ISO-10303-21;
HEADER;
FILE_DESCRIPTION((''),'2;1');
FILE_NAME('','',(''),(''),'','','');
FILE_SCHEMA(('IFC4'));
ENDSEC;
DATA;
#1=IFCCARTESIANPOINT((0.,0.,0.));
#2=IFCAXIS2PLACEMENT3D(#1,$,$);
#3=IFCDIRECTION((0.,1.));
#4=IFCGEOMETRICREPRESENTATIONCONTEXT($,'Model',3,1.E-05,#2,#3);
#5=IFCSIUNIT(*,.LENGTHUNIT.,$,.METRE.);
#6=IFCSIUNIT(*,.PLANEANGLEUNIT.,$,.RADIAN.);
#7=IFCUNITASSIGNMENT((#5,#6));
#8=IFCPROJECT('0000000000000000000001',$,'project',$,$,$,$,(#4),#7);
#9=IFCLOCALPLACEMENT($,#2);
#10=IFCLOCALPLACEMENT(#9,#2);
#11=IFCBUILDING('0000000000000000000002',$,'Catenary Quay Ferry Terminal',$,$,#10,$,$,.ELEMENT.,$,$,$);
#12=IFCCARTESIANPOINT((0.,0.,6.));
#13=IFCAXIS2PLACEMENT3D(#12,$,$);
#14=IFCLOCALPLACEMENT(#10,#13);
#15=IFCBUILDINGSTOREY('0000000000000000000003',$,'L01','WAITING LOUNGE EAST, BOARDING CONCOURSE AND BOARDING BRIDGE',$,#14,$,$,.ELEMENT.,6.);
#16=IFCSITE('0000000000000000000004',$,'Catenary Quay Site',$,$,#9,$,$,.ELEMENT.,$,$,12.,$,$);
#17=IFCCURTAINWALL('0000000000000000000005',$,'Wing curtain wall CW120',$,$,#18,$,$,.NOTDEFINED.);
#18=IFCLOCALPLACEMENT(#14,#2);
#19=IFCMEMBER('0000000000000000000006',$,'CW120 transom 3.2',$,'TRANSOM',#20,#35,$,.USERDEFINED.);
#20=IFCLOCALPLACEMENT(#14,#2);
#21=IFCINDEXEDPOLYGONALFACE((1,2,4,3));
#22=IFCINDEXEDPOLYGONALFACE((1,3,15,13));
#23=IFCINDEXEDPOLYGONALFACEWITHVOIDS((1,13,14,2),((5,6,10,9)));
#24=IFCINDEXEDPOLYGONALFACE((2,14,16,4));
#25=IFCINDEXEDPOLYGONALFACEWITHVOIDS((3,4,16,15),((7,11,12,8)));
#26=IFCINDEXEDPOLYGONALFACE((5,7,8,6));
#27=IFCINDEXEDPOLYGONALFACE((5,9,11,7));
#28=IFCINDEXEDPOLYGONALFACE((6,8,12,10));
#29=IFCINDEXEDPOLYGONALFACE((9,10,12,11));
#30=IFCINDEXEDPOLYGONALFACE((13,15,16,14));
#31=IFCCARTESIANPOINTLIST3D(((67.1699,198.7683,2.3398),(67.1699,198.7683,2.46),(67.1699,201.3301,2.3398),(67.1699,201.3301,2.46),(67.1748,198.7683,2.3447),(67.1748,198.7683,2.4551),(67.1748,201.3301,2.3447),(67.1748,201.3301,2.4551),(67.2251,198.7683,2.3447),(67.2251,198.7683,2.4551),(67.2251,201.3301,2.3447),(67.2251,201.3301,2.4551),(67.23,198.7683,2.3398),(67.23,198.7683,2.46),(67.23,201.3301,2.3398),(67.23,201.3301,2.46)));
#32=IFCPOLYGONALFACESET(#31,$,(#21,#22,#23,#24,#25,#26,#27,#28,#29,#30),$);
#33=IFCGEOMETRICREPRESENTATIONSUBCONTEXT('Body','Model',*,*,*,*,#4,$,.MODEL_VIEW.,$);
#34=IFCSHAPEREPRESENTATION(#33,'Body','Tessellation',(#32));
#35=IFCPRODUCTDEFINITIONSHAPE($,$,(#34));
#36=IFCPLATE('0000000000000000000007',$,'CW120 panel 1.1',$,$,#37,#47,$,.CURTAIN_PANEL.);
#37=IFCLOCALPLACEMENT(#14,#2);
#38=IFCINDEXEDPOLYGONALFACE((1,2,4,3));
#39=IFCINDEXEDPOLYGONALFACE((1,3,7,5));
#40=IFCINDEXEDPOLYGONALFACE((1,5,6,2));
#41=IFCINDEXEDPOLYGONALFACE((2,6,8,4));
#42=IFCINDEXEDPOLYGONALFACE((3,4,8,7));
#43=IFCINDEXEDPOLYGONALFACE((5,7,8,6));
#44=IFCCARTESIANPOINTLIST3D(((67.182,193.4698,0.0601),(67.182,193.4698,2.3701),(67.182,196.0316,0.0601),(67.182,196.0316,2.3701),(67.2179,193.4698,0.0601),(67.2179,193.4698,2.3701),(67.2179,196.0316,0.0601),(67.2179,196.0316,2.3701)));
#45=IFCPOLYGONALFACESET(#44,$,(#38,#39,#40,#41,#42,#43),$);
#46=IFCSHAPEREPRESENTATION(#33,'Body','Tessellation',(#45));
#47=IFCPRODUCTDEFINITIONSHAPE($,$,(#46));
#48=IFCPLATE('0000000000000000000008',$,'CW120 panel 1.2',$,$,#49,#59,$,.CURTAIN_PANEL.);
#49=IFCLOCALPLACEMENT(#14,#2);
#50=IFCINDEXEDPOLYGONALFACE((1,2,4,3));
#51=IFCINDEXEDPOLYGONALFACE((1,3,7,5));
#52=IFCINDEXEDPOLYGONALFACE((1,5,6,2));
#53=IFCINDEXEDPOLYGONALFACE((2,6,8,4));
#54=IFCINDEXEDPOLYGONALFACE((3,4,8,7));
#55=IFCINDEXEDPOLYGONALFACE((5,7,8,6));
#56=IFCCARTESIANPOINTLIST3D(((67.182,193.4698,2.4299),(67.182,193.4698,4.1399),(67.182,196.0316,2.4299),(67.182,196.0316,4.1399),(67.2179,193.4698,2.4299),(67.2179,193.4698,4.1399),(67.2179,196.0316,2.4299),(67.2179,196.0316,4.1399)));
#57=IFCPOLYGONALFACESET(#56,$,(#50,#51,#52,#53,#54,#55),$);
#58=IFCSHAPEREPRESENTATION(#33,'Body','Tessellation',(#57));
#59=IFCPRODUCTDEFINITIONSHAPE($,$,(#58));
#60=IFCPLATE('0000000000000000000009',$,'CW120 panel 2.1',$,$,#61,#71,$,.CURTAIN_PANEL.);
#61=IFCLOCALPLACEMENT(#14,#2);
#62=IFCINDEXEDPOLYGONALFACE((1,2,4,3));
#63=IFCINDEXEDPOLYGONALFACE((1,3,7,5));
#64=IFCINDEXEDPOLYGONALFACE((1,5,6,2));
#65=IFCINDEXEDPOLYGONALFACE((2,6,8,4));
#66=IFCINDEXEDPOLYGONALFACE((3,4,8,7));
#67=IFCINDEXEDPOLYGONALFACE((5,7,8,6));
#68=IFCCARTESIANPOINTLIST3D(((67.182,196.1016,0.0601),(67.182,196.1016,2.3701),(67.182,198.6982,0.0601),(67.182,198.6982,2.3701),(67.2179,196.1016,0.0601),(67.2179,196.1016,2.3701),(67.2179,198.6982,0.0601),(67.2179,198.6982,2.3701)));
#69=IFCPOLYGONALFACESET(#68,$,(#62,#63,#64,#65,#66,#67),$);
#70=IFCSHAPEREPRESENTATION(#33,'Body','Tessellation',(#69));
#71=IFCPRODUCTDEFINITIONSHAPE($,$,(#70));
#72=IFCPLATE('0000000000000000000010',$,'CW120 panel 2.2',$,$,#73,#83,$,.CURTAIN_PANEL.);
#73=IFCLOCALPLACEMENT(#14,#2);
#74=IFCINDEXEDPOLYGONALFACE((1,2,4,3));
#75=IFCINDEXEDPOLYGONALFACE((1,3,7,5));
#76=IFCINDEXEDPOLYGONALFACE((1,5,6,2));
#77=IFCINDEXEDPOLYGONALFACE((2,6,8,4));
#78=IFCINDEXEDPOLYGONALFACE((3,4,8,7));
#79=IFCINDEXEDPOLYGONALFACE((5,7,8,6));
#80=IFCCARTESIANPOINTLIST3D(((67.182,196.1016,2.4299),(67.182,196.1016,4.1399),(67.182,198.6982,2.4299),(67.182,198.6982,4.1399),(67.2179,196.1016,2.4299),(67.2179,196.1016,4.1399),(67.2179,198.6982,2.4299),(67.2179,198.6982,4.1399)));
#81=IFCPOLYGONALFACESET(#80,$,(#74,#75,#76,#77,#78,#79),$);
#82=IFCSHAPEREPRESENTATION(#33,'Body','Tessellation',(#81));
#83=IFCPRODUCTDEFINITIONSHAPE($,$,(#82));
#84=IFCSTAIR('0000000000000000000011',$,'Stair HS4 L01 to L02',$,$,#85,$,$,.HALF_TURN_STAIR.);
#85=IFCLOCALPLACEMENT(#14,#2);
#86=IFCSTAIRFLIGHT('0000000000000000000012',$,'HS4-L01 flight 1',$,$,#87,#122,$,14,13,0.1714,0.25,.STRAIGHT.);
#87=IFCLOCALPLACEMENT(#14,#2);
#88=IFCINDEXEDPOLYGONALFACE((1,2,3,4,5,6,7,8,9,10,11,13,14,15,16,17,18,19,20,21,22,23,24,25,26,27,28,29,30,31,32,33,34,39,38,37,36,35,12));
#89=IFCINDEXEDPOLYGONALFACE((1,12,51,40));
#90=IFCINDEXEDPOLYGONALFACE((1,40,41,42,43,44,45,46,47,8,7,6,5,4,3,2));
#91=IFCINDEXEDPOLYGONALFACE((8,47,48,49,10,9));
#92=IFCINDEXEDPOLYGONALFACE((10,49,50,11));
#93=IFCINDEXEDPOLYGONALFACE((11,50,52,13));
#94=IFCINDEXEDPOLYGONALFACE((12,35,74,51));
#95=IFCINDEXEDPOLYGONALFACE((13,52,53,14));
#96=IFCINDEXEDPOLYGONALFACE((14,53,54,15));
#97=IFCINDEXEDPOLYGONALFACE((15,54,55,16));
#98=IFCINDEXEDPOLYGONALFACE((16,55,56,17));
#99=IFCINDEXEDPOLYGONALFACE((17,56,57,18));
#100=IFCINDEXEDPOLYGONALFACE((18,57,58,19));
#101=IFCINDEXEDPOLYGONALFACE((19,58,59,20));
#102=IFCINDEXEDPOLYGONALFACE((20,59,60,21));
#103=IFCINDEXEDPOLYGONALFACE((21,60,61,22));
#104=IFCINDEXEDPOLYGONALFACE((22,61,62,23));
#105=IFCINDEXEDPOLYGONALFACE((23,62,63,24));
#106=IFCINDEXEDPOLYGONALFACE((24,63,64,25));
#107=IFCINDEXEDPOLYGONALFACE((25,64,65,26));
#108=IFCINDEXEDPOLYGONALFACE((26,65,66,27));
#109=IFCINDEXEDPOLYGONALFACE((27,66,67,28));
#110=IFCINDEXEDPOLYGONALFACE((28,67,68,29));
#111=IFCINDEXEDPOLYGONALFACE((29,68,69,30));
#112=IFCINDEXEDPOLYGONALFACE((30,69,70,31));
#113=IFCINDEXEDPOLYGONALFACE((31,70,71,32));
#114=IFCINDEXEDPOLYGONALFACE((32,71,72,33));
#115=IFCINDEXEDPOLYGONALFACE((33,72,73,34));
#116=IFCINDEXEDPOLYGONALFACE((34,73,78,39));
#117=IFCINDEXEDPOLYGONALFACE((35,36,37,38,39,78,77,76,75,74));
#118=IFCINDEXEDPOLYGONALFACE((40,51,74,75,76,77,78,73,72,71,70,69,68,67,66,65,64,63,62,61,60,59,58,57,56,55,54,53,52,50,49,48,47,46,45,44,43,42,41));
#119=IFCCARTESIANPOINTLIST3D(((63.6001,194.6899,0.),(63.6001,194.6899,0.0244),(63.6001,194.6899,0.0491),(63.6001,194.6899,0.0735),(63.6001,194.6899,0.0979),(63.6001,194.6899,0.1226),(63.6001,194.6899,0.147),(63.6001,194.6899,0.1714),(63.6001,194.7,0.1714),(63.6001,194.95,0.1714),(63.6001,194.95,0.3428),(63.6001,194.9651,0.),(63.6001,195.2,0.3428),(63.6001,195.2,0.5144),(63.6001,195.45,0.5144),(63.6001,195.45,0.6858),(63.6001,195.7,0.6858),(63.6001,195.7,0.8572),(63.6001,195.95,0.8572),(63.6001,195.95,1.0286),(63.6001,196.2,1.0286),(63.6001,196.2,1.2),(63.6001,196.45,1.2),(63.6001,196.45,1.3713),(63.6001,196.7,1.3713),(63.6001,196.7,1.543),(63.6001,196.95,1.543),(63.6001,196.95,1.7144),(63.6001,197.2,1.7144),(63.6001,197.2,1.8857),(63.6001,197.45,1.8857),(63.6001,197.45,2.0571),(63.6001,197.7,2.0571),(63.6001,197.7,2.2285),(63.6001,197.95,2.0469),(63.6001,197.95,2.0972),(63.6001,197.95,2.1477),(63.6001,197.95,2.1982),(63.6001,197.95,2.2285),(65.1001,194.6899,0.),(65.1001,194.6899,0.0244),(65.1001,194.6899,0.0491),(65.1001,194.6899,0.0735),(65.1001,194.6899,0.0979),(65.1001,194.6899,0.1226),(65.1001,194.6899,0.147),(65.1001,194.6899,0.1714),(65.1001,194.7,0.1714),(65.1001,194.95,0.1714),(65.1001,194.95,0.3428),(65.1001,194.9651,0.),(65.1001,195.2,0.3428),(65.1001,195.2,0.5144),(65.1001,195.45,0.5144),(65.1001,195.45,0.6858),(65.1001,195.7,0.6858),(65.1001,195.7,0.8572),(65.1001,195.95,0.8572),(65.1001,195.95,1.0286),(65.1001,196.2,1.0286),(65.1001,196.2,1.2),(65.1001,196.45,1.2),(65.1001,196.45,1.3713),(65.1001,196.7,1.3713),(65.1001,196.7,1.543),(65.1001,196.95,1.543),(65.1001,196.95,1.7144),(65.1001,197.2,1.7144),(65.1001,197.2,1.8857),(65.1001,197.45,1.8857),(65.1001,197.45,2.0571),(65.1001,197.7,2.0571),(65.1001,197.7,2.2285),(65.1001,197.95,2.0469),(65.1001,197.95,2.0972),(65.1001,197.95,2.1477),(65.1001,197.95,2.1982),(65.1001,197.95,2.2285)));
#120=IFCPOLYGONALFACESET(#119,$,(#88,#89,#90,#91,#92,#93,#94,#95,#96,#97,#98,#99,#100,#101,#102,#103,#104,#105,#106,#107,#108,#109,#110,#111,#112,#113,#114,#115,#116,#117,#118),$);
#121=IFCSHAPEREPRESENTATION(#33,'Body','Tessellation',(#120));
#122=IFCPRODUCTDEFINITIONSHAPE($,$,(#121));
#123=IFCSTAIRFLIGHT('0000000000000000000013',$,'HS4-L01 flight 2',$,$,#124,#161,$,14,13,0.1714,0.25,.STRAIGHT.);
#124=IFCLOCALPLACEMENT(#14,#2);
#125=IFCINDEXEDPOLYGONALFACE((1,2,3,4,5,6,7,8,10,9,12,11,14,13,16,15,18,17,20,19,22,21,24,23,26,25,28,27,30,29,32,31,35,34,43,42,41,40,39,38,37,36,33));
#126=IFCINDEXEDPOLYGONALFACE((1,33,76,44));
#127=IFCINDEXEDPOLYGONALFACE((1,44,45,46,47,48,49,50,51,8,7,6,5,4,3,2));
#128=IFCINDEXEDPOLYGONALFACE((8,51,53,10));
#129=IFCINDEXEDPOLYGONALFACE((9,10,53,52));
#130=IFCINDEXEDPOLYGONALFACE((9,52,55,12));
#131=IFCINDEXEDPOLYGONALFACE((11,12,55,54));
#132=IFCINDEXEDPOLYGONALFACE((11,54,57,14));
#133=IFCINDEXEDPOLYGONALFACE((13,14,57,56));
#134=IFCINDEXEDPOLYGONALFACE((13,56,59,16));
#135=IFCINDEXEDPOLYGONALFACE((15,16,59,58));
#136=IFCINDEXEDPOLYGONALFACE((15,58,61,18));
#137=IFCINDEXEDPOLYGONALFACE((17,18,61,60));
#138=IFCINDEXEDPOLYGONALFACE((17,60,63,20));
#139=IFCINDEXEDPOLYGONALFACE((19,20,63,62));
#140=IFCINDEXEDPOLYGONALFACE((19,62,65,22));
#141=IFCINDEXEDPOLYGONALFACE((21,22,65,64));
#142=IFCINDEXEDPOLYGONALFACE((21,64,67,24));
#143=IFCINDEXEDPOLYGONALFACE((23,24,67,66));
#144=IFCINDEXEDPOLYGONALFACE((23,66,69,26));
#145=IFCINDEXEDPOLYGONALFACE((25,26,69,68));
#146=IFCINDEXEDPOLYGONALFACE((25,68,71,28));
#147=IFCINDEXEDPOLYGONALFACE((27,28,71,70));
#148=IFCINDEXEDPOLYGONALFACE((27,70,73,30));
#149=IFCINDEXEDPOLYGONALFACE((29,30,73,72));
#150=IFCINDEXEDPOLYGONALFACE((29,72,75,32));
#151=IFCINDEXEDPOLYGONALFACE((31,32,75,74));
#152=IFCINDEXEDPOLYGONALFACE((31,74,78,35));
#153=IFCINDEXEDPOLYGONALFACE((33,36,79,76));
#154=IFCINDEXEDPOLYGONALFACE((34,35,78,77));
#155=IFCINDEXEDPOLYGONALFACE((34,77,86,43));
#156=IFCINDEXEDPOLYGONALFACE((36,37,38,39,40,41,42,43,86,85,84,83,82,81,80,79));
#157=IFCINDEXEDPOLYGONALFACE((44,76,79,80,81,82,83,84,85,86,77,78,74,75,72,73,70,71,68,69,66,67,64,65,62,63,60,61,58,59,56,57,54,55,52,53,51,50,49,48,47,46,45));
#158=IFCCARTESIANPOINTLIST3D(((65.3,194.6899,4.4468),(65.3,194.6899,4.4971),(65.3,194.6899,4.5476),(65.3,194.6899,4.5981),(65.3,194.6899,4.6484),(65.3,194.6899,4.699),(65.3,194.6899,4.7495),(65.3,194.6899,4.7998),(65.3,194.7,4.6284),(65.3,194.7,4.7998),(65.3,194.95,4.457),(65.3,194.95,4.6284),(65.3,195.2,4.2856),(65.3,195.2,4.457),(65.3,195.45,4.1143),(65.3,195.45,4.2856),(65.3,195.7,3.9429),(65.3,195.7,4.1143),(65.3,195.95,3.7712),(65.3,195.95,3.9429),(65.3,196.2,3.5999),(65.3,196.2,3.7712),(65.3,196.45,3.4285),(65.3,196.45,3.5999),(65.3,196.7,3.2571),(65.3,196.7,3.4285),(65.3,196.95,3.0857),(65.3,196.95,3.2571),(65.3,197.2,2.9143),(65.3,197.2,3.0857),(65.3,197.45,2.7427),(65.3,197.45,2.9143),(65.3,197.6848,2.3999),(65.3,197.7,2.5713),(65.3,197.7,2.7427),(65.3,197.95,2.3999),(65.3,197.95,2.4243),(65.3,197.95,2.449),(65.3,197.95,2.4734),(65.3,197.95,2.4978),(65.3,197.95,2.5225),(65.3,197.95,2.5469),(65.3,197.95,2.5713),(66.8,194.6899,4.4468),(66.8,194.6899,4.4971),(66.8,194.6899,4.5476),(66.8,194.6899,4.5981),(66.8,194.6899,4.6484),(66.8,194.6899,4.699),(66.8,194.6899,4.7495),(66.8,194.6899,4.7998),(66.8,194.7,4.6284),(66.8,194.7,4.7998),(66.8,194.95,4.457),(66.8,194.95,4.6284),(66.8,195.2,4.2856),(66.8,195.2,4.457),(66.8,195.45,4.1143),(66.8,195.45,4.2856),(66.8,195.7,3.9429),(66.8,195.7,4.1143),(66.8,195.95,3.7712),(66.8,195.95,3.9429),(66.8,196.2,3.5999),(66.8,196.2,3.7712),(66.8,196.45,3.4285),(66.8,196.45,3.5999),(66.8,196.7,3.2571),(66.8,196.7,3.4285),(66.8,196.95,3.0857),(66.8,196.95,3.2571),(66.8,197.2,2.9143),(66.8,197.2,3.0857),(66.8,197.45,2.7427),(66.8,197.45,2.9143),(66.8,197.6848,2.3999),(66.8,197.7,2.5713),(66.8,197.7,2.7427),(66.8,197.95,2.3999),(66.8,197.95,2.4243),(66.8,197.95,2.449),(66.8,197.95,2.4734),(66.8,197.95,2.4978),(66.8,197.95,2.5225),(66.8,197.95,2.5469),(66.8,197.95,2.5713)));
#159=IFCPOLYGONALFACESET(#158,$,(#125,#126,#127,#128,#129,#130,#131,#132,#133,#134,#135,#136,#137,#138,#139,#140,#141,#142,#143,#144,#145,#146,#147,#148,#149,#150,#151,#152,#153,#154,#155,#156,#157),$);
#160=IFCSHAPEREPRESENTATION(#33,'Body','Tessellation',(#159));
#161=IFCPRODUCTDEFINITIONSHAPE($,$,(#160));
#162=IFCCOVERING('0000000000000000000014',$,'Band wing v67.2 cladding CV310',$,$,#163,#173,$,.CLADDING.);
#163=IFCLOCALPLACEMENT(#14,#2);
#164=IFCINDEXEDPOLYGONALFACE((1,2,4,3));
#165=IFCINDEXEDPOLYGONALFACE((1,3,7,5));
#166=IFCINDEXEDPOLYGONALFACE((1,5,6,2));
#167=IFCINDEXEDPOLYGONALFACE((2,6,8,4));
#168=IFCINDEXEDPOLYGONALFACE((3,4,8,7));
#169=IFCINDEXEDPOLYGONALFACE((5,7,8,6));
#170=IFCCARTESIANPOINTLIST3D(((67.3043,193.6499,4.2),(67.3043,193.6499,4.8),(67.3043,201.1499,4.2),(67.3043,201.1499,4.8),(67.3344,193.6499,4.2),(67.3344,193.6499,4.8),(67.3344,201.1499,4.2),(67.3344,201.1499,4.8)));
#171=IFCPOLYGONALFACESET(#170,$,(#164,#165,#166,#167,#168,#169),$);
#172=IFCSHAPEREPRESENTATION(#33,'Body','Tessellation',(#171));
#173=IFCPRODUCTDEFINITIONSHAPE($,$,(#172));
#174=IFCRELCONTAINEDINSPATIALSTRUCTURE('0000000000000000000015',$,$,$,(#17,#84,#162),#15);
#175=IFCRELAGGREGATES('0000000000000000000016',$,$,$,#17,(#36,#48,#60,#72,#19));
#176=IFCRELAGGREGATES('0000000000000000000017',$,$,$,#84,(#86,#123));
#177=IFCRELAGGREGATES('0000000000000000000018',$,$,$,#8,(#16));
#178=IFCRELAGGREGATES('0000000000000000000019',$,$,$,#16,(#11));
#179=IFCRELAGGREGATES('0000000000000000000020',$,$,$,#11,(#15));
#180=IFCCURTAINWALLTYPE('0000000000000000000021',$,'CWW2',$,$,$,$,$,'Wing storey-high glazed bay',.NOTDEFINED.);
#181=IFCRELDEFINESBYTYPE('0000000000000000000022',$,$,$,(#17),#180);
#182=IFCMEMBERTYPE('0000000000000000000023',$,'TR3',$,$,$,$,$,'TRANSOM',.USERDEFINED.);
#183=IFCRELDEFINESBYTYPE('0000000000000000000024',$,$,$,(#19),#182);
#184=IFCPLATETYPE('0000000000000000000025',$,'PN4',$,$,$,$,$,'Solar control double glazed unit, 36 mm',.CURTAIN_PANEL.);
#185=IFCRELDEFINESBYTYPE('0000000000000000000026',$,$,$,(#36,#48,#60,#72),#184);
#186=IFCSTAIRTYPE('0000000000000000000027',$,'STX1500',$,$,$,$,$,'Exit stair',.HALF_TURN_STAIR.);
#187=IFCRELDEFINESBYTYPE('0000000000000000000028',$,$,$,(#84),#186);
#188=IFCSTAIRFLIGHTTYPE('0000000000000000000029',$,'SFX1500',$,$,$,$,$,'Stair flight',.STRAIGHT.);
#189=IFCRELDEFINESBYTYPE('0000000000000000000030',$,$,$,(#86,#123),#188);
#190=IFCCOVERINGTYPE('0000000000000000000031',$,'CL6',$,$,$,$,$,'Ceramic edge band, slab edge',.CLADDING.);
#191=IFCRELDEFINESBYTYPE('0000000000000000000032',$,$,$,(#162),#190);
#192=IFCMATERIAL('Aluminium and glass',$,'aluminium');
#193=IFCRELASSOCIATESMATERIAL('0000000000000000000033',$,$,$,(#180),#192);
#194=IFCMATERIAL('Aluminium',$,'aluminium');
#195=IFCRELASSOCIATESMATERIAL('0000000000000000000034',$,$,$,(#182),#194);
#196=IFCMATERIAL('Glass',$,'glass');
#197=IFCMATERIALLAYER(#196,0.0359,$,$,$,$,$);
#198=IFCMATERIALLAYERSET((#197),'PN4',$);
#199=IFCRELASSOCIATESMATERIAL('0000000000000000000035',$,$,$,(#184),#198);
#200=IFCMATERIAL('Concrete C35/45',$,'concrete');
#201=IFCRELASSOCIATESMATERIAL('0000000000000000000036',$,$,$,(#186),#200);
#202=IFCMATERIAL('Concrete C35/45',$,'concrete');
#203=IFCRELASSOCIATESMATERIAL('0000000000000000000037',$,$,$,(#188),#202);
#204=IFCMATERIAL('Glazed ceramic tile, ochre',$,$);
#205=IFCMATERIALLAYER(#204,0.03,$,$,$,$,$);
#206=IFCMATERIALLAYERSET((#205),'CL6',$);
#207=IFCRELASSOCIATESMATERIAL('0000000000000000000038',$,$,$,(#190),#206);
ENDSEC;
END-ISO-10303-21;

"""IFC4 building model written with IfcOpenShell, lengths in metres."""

from ifc_helpers import new_model, si_unit, direction, frame, origin, origin_2d, place, context, subcontext, project, spatial, polyline, rectangle, hollow_rectangle, outline, extrude, material, layer, layer_set, material_profile, profile_set, type_object, element, aggregate, save


model = new_model("IFC4")

# Units and contexts
model_context = context("Model", 3, precision=1e-05, world=origin(), true_north=direction((0.0, 1.0)))
body_context = subcontext(model_context, "Body", "Model", "MODEL_VIEW")
ifc_project = project(units=[si_unit("LENGTHUNIT", "METRE"), si_unit("PLANEANGLEUNIT", "RADIAN")], contexts=[model_context])

# Site, building, storey
site_placement = place(None, origin())
site = spatial("IfcSite", under=ifc_project, at=site_placement, Name="Catenary Quay Site", CompositionType="ELEMENT", RefElevation=12.0)
building_placement = place(site_placement, origin())
building = spatial("IfcBuilding", under=site, at=building_placement, Name="Catenary Quay Ferry Terminal", CompositionType="ELEMENT")
storey_placement = place(building_placement, frame((0.0, 0.0, 6.0)))
storey = spatial("IfcBuildingStorey", under=building, at=storey_placement, Name="L01", Description="WAITING LOUNGE EAST, BOARDING CONCOURSE AND BOARDING BRIDGE", CompositionType="ELEMENT", Elevation=6.0)

# Curtain wall, member, plates
ifc_material_1 = material(Name="Aluminium and glass", Category="aluminium")
curtain_wall_type = type_object("IfcCurtainWallType", Name="CWW2", ElementType="Wing storey-high glazed bay", PredefinedType="NOTDEFINED", material=ifc_material_1)
curtain_wall_placement = place(storey_placement, origin())
curtain_wall = element("IfcCurtainWall", 1, at=curtain_wall_placement, inside=storey, type_object=curtain_wall_type, Name="Wing curtain wall CW120", PredefinedType="NOTDEFINED")
ifc_material_2 = material(Name="Aluminium", Category="aluminium")
ifc_material_profile_1 = material_profile(ifc_material_2, hollow_rectangle(XDim=0.0601, YDim=0.1201, WallThickness=0.0049, at=origin_2d()), Name="TR3")
ifc_profile_set_1 = profile_set([ifc_material_profile_1], Name="Aluminium")
member_type_1 = type_object("IfcMemberType", Name="TR3", ElementType="TRANSOM", PredefinedType="USERDEFINED", material=ifc_profile_set_1)
member_1_placement = place(storey_placement, frame((67.2, 198.7683, 2.3999), z_axis=(0.0, 1.0, 0.0), x_axis=(-1.0, 0.0, 0.0)))
member_1 = element("IfcMember", 2, at=member_1_placement, type_object=member_type_1, Name="CW120 transom 3.2", ObjectType="TRANSOM", PredefinedType="USERDEFINED", context=body_context, shape_type="SweptSolid", body=[
    extrude(hollow_rectangle(XDim=0.0601, YDim=0.1201, WallThickness=0.0049, at=origin_2d()), origin(), (0.0, 0.0, 1.0), 2.5618),
])
ifc_material_3 = material(Name="Glass", Category="glass")
ifc_layer_1 = layer(ifc_material_3, 0.0359)
ifc_layer_set_1 = layer_set([ifc_layer_1], Name="PN4")
plate_type = type_object("IfcPlateType", Name="PN4", ElementType="Solar control double glazed unit, 36 mm", PredefinedType="CURTAIN_PANEL", material=ifc_layer_set_1)
plate_1_placement = place(storey_placement, frame((67.2, 194.7507, 0.0601), z_axis=(0.0, 0.0, 1.0), x_axis=(0.0, 1.0, 0.0)))
plate_1 = element("IfcPlate", 3, at=plate_1_placement, type_object=plate_type, Name="CW120 panel 1.1", PredefinedType="CURTAIN_PANEL", context=body_context, shape_type="SweptSolid", body=[
    extrude(rectangle(XDim=2.5618, YDim=0.0359, at=origin_2d()), origin(), (0.0, 0.0, 1.0), 2.3101),
])
plate_2_placement = place(storey_placement, frame((67.2, 194.7507, 2.4299), z_axis=(0.0, 0.0, 1.0), x_axis=(0.0, 1.0, 0.0)))
plate_2 = element("IfcPlate", 4, at=plate_2_placement, type_object=plate_type, Name="CW120 panel 1.2", PredefinedType="CURTAIN_PANEL", context=body_context, shape_type="SweptSolid", body=[
    extrude(rectangle(XDim=2.5618, YDim=0.0359, at=origin_2d()), origin(), (0.0, 0.0, 1.0), 1.71),
])
plate_3_placement = place(storey_placement, frame((67.2, 197.3999, 0.0601), z_axis=(0.0, 0.0, 1.0), x_axis=(0.0, 1.0, 0.0)))
plate_3 = element("IfcPlate", 5, at=plate_3_placement, type_object=plate_type, Name="CW120 panel 2.1", PredefinedType="CURTAIN_PANEL", context=body_context, shape_type="SweptSolid", body=[
    extrude(rectangle(XDim=2.5967, YDim=0.0359, at=origin_2d()), origin(), (0.0, 0.0, 1.0), 2.3101),
])
plate_4_placement = place(storey_placement, frame((67.2, 197.3999, 2.4299), z_axis=(0.0, 0.0, 1.0), x_axis=(0.0, 1.0, 0.0)))
plate_4 = element("IfcPlate", 6, at=plate_4_placement, type_object=plate_type, Name="CW120 panel 2.2", PredefinedType="CURTAIN_PANEL", context=body_context, shape_type="SweptSolid", body=[
    extrude(rectangle(XDim=2.5967, YDim=0.0359, at=origin_2d()), origin(), (0.0, 0.0, 1.0), 1.71),
])
aggregate(curtain_wall, [plate_1, plate_2, plate_3, plate_4, member_1])

# Stair, stair flights
ifc_material_4 = material(Name="Concrete C35/45", Category="concrete")
stair_type = type_object("IfcStairType", Name="STX1500", ElementType="Exit stair", PredefinedType="HALF_TURN_STAIR", material=ifc_material_4)
stair_placement = place(storey_placement, origin())
stair = element("IfcStair", 7, at=stair_placement, inside=storey, type_object=stair_type, Name="Stair HS4 L01 to L02", PredefinedType="HALF_TURN_STAIR")
ifc_material_5 = material(Name="Concrete C35/45", Category="concrete")
stair_flight_type = type_object("IfcStairFlightType", Name="SFX1500", ElementType="Stair flight", PredefinedType="STRAIGHT", material=ifc_material_5)
stair_flight_1_placement = place(storey_placement, frame((64.3501, 194.7, 0.0), z_axis=(0.0, 0.0, 1.0), x_axis=(0.0, 1.0, 0.0)))
stair_flight_1 = element("IfcStairFlight", 8, at=stair_flight_1_placement, type_object=stair_flight_type, Name="HS4-L01 flight 1", NumberOfRisers=14, NumberOfTreads=13, PredefinedType="STRAIGHT", RiserHeight=0.1714, TreadLength=0.25, context=body_context, shape_type="SweptSolid", body=[
    extrude(outline(polyline([(-0.01, 0.0), (-0.01, 0.0244), (-0.01, 0.0491), (-0.01, 0.0735), (-0.01, 0.0979), (-0.01, 0.1226), (-0.01, 0.147), (-0.01, 0.1714), (0.0, 0.1714), (0.25, 0.1714), (0.25, 0.3428), (0.5, 0.3428), (0.5, 0.5144), (0.75, 0.5144), (0.75, 0.6858), (1.0, 0.6858), (1.0, 0.8572), (1.25, 0.8572), (1.25, 1.0286), (1.5, 1.0286), (1.5, 1.2), (1.75, 1.2), (1.75, 1.3713), (2.0, 1.3713), (2.0, 1.543), (2.25, 1.543), (2.25, 1.7144), (2.5, 1.7144), (2.5, 1.8857), (2.75, 1.8857), (2.75, 2.0571), (3.0, 2.0571), (3.0, 2.2285), (3.25, 2.2285), (3.25, 2.3999), (3.25, 2.3496), (3.25, 2.2991), (3.25, 2.2485), (3.25, 2.1982), (3.25, 2.1477), (3.25, 2.0972), (3.25, 2.0469), (0.2651, 0.0), (-0.01, 0.0)])), frame((0.0, 0.75, 0.0), z_axis=(0.0, -1.0, 0.0), x_axis=(1.0, 0.0, 0.0)), (0.0, 0.0, 1.0), 1.5),
])
stair_flight_2_placement = place(storey_placement, frame((66.05, 197.95, 2.3999), z_axis=(0.0, 0.0, 1.0), x_axis=(0.0, -1.0, 0.0)))
stair_flight_2 = element("IfcStairFlight", 9, at=stair_flight_2_placement, type_object=stair_flight_type, Name="HS4-L01 flight 2", NumberOfRisers=14, NumberOfTreads=13, PredefinedType="STRAIGHT", RiserHeight=0.1714, TreadLength=0.25, context=body_context, shape_type="SweptSolid", body=[
    extrude(outline(polyline([(0.0, 0.0), (0.0, 0.0244), (0.0, 0.0491), (0.0, 0.0735), (0.0, 0.0979), (0.0, 0.1226), (0.0, 0.147), (0.0, 0.1714), (0.25, 0.1714), (0.25, 0.3428), (0.5, 0.3428), (0.5, 0.5144), (0.75, 0.5144), (0.75, 0.6858), (1.0, 0.6858), (1.0, 0.8572), (1.25, 0.8572), (1.25, 1.0286), (1.5, 1.0286), (1.5, 1.2), (1.75, 1.2), (1.75, 1.3713), (2.0, 1.3713), (2.0, 1.543), (2.25, 1.543), (2.25, 1.7144), (2.5, 1.7144), (2.5, 1.8857), (2.75, 1.8857), (2.75, 2.0571), (3.0, 2.0571), (3.0, 2.2285), (3.25, 2.2285), (3.25, 2.3999), (3.26, 2.3999), (3.26, 2.3496), (3.26, 2.2991), (3.26, 2.2485), (3.26, 2.1982), (3.26, 2.1477), (3.26, 2.0972), (3.26, 2.0469), (0.2651, 0.0), (0.0, 0.0)])), frame((0.0, 0.75, 0.0), z_axis=(0.0, -1.0, 0.0), x_axis=(1.0, 0.0, 0.0)), (0.0, 0.0, 1.0), 1.5),
])
aggregate(stair, [stair_flight_1, stair_flight_2])

# Covering
ifc_material_6 = material(Name="Glazed ceramic tile, ochre")
ifc_layer_2 = layer(ifc_material_6, 0.03)
ifc_layer_set_2 = layer_set([ifc_layer_2], Name="CL6")
covering_type = type_object("IfcCoveringType", Name="CL6", ElementType="Ceramic edge band, slab edge", PredefinedType="CLADDING", material=ifc_layer_set_2)
covering_placement = place(storey_placement, frame((67.3193, 197.3999, 4.2), z_axis=(0.0, 0.0, 1.0), x_axis=(1.0, 0.0, 0.0)))
element("IfcCovering", 10, at=covering_placement, inside=storey, type_object=covering_type, Name="Band wing v67.2 cladding CV310", PredefinedType="CLADDING", context=body_context, shape_type="SweptSolid", body=[
    extrude(rectangle(XDim=0.03, YDim=7.5, at=origin_2d()), origin(), (0.0, 0.0, 1.0), 0.6001),
])

save(model, "model.ifc")
